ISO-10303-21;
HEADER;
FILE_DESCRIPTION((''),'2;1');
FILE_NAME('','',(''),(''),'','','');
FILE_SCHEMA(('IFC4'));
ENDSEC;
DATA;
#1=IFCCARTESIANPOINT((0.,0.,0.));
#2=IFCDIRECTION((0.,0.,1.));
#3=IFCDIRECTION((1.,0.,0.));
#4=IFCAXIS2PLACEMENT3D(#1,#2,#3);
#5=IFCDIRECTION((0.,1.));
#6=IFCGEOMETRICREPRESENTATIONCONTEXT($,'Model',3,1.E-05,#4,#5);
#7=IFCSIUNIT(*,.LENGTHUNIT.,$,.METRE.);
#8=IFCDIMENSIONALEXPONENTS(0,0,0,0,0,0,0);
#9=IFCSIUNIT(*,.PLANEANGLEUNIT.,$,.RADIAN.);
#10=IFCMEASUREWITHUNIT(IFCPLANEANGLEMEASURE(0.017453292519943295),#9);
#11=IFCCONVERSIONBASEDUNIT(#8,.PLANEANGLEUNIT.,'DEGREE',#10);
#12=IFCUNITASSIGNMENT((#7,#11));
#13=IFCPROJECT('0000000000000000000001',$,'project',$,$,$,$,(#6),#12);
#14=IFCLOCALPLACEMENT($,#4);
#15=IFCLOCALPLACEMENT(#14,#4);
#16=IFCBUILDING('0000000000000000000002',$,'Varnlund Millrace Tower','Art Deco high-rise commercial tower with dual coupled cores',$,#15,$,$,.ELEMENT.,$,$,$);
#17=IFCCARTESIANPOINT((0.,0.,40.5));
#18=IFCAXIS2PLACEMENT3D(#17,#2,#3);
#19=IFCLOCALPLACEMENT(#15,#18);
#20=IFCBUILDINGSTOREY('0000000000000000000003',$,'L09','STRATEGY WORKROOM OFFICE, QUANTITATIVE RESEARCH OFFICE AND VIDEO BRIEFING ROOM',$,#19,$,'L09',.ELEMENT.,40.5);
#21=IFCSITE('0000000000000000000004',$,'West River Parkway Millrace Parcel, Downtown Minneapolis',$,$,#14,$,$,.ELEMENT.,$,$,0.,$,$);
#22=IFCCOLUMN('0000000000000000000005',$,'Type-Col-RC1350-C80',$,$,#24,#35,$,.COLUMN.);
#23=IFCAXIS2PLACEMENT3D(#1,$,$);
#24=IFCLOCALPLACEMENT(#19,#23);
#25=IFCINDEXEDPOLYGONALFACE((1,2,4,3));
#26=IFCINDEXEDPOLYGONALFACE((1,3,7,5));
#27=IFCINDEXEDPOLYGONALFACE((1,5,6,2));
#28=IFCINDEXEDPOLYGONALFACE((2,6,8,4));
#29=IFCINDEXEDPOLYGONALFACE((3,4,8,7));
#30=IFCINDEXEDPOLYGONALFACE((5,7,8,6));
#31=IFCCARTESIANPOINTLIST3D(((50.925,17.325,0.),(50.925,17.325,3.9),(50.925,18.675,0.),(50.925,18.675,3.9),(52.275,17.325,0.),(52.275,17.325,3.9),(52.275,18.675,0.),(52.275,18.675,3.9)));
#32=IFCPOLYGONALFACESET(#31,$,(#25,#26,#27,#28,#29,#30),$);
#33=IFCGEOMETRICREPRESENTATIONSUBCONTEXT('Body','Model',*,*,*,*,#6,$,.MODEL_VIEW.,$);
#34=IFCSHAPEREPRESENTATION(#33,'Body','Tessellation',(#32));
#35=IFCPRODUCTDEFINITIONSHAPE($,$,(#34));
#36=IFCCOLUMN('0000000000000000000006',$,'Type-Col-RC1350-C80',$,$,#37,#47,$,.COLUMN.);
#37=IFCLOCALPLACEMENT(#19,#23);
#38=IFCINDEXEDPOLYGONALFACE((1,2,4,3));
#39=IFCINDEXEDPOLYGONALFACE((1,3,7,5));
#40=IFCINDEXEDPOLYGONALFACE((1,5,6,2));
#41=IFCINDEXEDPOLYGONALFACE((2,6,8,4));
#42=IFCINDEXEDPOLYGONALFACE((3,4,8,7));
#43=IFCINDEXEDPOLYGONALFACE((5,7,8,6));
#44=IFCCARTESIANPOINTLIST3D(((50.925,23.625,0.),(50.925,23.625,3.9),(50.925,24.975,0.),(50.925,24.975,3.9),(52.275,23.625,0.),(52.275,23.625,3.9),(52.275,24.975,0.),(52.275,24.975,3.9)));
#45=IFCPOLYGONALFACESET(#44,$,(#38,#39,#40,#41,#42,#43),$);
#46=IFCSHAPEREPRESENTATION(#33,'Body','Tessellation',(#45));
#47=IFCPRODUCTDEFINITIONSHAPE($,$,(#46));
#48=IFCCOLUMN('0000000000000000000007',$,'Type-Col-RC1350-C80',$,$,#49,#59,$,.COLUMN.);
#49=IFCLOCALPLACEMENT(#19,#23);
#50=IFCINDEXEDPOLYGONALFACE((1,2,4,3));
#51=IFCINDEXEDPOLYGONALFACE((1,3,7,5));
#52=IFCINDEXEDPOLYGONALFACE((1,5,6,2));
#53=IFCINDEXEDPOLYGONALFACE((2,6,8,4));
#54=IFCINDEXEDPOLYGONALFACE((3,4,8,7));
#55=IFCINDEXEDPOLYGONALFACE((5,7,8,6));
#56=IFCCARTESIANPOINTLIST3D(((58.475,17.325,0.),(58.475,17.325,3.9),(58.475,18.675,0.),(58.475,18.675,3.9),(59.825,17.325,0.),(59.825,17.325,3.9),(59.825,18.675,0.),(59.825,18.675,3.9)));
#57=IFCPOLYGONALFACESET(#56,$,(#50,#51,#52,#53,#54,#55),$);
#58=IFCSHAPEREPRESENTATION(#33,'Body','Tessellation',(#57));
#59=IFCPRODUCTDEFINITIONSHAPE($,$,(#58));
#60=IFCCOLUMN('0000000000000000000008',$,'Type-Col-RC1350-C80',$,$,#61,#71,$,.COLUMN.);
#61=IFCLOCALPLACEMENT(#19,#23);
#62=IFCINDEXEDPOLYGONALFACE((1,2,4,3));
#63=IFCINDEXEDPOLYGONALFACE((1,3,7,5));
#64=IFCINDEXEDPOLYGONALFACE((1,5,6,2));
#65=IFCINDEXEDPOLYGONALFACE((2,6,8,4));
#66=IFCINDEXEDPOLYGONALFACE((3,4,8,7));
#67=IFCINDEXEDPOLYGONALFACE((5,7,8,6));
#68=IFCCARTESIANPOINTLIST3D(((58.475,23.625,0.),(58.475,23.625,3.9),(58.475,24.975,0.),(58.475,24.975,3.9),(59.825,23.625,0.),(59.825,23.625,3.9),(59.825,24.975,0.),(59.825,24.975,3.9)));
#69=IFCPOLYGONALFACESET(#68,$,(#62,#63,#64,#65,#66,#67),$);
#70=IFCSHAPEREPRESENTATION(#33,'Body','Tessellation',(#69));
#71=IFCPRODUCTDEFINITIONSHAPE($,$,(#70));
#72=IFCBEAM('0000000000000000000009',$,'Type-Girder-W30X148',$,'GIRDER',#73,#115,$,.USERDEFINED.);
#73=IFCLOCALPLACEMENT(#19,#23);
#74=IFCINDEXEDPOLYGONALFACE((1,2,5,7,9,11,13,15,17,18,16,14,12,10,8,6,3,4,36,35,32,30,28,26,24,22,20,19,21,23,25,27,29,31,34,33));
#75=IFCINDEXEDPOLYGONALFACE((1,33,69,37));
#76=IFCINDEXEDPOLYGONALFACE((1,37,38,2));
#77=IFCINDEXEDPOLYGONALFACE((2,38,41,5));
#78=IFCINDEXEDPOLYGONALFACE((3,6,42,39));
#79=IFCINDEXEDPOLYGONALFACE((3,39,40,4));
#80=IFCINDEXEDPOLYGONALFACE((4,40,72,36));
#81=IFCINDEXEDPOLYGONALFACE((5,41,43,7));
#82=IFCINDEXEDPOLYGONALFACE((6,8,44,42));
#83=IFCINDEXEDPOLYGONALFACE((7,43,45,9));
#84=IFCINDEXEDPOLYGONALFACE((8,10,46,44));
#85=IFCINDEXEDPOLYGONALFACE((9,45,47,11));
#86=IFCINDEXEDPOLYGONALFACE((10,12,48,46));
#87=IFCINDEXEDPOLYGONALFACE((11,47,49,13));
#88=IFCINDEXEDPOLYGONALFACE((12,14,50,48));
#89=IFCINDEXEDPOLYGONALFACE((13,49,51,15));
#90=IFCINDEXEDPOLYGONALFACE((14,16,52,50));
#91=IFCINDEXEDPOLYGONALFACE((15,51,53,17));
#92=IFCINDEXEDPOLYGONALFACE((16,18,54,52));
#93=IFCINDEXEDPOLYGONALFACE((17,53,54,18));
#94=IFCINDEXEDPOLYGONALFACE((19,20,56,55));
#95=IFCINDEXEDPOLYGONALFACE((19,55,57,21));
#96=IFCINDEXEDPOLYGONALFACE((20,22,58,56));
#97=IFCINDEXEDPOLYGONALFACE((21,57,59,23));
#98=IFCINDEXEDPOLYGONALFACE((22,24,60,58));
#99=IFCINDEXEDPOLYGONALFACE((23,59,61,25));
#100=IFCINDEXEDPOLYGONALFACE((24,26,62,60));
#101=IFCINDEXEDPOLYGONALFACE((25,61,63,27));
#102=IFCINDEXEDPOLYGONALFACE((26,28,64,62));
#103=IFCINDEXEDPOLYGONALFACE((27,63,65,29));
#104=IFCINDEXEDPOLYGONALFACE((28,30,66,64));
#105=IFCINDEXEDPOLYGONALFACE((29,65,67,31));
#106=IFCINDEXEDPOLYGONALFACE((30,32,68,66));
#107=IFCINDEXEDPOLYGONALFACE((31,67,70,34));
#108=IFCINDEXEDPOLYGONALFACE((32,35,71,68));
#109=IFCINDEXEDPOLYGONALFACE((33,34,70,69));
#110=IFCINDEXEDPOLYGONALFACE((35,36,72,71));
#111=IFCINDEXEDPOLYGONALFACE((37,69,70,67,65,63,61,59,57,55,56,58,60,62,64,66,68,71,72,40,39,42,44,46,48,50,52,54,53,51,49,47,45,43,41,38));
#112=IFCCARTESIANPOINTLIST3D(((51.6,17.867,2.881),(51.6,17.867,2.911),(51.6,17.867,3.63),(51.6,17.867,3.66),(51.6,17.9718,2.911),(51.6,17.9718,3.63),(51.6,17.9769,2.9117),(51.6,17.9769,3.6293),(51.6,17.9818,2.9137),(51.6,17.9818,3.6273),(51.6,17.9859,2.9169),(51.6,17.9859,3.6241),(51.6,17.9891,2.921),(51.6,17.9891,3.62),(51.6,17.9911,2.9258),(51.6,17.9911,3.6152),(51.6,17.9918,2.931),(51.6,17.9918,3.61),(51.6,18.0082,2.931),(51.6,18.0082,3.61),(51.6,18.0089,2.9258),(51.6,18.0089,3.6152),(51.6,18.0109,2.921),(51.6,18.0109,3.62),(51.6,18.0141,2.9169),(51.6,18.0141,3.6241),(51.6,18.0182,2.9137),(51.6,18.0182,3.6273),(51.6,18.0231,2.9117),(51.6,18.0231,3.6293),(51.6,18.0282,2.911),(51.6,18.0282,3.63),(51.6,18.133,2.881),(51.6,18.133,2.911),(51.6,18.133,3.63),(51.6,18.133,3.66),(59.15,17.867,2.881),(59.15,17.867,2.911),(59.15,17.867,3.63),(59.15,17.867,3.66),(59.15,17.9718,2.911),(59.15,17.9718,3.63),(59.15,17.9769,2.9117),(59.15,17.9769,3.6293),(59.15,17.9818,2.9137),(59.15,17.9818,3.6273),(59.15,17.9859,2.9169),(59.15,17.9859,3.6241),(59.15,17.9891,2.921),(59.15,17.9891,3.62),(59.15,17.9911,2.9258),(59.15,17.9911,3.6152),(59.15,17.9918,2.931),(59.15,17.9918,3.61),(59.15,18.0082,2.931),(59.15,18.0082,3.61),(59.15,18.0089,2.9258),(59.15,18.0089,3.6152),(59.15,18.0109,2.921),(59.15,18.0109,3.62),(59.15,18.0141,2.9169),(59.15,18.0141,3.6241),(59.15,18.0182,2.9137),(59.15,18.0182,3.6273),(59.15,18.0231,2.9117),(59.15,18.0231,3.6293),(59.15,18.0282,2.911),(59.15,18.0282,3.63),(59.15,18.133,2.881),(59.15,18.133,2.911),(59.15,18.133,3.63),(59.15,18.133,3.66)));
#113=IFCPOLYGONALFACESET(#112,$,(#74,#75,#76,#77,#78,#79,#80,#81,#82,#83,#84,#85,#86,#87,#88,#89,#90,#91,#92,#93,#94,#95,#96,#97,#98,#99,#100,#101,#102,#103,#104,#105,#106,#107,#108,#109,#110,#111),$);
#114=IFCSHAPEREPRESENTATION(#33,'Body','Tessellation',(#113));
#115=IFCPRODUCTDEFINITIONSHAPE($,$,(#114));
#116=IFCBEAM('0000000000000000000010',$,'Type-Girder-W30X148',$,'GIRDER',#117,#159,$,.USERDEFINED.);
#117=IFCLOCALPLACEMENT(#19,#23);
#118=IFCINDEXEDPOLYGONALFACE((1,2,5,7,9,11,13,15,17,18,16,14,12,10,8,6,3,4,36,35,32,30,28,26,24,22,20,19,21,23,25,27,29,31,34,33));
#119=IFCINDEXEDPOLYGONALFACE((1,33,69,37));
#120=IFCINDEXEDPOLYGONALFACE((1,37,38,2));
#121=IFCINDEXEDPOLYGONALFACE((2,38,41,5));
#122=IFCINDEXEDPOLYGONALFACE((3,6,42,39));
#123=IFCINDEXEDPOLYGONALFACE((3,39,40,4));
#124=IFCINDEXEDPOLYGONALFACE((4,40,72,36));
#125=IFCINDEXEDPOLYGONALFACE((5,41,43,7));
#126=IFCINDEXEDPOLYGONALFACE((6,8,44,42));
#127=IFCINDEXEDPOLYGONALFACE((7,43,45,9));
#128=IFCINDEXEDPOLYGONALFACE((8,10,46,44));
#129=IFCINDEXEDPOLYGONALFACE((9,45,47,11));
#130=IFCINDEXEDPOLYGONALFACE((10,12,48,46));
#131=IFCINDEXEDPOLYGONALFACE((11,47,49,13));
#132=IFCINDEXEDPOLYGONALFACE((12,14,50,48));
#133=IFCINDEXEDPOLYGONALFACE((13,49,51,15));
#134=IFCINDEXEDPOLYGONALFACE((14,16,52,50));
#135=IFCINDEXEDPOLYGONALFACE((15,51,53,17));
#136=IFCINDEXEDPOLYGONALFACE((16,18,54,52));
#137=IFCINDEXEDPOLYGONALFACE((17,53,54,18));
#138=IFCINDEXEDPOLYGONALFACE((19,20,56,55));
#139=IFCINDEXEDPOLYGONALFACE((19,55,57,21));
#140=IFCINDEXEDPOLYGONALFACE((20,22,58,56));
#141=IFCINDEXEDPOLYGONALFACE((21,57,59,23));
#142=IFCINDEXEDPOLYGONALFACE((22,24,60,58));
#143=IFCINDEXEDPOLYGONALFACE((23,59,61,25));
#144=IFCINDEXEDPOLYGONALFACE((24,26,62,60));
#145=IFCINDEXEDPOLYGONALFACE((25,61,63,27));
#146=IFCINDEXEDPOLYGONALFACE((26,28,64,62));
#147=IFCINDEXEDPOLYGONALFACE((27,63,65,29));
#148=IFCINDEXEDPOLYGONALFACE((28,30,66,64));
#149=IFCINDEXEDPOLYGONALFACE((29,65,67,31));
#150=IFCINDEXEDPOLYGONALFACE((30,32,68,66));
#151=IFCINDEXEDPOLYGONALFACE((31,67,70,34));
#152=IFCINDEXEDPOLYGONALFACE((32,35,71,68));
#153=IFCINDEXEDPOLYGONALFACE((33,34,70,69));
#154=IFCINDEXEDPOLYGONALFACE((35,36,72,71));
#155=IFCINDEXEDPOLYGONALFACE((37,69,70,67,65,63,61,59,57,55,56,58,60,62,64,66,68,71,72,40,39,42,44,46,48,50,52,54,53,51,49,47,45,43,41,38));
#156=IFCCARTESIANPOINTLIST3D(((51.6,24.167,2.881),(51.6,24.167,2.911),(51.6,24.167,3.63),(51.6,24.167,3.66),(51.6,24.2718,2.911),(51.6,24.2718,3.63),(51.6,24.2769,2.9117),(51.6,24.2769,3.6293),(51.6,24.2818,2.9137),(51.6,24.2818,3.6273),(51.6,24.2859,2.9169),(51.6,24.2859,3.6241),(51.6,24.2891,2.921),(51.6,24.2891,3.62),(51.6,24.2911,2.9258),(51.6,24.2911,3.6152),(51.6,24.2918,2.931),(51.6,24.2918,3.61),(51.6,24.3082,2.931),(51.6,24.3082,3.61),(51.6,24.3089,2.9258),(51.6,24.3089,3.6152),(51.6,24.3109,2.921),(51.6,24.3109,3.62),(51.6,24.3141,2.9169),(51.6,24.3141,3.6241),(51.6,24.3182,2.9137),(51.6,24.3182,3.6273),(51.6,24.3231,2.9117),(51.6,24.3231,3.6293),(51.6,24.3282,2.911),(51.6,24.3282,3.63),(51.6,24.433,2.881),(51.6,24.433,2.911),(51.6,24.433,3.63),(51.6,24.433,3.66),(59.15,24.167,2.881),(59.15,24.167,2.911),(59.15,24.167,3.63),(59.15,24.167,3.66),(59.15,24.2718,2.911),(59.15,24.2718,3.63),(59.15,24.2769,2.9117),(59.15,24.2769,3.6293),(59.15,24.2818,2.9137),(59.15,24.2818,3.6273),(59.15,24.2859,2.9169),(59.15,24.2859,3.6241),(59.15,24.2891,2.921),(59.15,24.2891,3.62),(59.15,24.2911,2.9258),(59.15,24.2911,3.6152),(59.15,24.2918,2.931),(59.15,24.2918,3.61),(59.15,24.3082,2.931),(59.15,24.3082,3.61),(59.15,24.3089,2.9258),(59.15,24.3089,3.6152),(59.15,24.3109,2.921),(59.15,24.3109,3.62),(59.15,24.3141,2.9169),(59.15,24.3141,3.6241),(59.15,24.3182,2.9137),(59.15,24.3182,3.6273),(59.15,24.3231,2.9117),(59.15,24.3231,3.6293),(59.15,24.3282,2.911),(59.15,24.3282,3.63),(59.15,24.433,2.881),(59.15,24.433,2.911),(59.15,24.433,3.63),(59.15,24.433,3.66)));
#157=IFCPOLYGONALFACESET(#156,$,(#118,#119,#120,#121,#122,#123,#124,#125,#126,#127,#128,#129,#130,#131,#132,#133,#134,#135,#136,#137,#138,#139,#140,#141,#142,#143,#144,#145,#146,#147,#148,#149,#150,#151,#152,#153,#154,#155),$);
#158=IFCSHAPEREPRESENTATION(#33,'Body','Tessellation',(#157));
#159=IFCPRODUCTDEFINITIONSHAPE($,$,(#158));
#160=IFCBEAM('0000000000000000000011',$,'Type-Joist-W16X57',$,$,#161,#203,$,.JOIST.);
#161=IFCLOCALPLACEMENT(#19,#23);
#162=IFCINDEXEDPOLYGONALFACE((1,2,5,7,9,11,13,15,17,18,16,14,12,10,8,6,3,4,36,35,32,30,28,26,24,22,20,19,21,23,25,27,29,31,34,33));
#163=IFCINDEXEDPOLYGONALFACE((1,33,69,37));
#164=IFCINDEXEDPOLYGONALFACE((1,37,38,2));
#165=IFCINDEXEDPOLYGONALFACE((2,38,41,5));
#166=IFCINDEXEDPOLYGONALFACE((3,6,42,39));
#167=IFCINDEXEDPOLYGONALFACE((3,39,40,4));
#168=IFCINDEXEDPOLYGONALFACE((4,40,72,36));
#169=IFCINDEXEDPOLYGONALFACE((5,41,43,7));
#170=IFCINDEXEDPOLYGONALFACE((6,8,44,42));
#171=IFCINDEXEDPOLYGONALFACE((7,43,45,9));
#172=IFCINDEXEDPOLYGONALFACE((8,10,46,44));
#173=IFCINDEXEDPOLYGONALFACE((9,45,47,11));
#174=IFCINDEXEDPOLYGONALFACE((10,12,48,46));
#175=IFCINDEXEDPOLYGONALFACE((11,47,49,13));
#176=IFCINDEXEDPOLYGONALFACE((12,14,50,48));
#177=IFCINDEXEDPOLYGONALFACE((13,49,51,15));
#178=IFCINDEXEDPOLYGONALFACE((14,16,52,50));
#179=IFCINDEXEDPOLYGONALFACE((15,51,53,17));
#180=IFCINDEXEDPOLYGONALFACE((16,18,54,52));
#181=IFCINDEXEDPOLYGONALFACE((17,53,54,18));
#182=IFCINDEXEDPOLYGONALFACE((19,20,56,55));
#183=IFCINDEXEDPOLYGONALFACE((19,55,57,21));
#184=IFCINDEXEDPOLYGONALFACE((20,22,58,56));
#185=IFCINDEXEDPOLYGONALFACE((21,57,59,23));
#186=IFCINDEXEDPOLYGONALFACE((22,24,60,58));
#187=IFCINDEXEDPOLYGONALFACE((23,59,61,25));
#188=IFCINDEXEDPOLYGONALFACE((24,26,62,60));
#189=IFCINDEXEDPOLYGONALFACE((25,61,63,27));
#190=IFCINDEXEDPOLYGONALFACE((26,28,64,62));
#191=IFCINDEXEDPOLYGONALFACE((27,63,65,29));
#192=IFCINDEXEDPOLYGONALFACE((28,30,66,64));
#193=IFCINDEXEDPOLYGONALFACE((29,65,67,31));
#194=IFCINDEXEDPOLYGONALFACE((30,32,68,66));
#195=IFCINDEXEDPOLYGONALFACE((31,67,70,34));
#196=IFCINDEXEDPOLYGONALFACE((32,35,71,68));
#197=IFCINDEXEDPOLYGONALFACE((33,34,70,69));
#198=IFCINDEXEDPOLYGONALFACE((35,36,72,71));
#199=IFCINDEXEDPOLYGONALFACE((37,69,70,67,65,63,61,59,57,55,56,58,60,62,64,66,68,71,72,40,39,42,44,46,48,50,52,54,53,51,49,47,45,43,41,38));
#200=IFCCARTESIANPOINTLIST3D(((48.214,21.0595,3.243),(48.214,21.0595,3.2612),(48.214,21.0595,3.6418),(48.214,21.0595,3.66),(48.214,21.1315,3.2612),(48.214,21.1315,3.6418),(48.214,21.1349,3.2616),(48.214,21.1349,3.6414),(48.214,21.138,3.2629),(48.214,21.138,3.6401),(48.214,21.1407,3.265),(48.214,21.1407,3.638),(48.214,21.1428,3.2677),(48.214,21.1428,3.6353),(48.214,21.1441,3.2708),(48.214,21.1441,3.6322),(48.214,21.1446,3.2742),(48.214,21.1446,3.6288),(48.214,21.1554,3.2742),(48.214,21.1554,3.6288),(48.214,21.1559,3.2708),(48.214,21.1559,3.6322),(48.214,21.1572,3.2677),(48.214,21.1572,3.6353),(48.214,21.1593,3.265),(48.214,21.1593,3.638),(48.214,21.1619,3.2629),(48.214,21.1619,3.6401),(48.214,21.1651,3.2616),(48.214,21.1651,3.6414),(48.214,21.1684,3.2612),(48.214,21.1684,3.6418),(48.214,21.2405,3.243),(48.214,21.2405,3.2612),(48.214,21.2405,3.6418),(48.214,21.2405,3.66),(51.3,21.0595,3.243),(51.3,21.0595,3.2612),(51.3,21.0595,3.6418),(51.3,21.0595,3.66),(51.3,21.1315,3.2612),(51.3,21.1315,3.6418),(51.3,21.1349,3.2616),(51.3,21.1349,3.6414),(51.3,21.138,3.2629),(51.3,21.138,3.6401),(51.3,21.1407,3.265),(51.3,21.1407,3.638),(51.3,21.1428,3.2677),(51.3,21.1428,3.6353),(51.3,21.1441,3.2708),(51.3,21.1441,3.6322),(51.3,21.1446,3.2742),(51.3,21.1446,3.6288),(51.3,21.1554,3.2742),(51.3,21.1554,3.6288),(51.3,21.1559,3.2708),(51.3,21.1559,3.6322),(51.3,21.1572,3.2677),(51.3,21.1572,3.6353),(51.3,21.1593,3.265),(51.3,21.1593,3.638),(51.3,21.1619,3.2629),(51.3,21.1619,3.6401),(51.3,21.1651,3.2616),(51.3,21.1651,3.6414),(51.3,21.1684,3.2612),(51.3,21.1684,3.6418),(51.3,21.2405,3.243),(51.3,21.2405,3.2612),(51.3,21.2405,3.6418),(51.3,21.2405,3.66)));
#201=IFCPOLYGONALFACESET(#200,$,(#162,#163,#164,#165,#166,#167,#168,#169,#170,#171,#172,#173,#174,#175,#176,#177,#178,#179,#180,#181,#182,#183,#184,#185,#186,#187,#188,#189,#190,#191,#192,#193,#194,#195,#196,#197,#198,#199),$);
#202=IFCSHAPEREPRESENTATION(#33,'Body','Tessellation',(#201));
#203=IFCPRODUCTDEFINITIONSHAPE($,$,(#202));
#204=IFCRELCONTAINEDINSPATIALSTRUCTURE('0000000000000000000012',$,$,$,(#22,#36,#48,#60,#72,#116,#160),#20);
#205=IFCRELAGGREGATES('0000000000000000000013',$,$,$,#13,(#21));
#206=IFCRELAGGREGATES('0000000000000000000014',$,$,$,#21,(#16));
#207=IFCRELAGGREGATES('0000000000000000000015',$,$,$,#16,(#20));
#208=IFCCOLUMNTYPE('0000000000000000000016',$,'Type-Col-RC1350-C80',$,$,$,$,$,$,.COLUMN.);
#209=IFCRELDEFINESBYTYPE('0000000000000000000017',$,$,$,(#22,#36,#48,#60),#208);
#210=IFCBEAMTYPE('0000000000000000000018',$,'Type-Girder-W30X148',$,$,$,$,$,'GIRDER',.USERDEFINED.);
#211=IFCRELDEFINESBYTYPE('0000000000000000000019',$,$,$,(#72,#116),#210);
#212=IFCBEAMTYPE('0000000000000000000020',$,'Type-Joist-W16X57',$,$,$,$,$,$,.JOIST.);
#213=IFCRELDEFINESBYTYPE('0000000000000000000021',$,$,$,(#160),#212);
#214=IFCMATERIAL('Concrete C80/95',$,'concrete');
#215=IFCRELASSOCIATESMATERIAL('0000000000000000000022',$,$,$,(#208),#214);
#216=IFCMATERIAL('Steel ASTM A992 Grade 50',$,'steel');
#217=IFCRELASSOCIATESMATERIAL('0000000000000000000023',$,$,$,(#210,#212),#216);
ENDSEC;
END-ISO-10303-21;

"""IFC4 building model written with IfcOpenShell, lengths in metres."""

from ifc_helpers import new_model, entity, si_unit, converted_unit, direction, frame, origin_with_axes, origin_2d_with_axis, place, context, subcontext, project, spatial, rectangle, i_section, extrude, material, material_profile, profile_set, type_object, element, save


model = new_model("IFC4")

# Units and contexts
model_context = context("Model", 3, precision=1e-05, world=origin_with_axes(), true_north=direction((0.0, 1.0)))
body_context = subcontext(model_context, "Body", "Model", "MODEL_VIEW")
ifc_project = project(units=[si_unit("LENGTHUNIT", "METRE"), converted_unit("PLANEANGLEUNIT", "DEGREE", entity("IfcPlaneAngleMeasure", 0.017453292519943295), si_unit("PLANEANGLEUNIT", "RADIAN"), dimensions=[0, 0, 0, 0, 0, 0, 0])], contexts=[model_context])

# Site, building, storey
site_placement = place(None, origin_with_axes())
site = spatial("IfcSite", under=ifc_project, at=site_placement, Name="West River Parkway Millrace Parcel, Downtown Minneapolis", CompositionType="ELEMENT", RefElevation=0.0)
building_placement = place(site_placement, origin_with_axes())
building = spatial("IfcBuilding", under=site, at=building_placement, Name="Varnlund Millrace Tower", Description="Art Deco high-rise commercial tower with dual coupled cores", CompositionType="ELEMENT")
storey_placement = place(building_placement, frame((0.0, 0.0, 40.5), z_axis=(0.0, 0.0, 1.0), x_axis=(1.0, 0.0, 0.0)))
storey = spatial("IfcBuildingStorey", under=building, at=storey_placement, Name="L09", Description="STRATEGY WORKROOM OFFICE, QUANTITATIVE RESEARCH OFFICE AND VIDEO BRIEFING ROOM", LongName="L09", CompositionType="ELEMENT", Elevation=40.5)

# Columns
ifc_material_1 = material(Name="Concrete C80/95", Category="concrete")
ifc_material_profile_1 = material_profile(ifc_material_1, rectangle(XDim=1.35, YDim=1.35, at=origin_2d_with_axis()), Name="Concrete C80/95")
ifc_profile_set_1 = profile_set([ifc_material_profile_1], Name="Concrete C80/95")
column_type = type_object("IfcColumnType", Name="Type-Col-RC1350-C80", PredefinedType="COLUMN", material=ifc_profile_set_1)
for number, where, z_axis, x_axis, name in (
    (1, (51.6, 18.0, 0.0), (0.0, 0.0, 1.0), (1.0, 0.0, 0.0), "Type-Col-RC1350-C80"),
    (2, (51.6, 24.3, 0.0), (0.0, 0.0, 1.0), (1.0, 0.0, 0.0), "Type-Col-RC1350-C80"),
    (3, (59.15, 18.0, 0.0), (0.0, 0.0, 1.0), (1.0, 0.0, 0.0), "Type-Col-RC1350-C80"),
    (4, (59.15, 24.3, 0.0), (0.0, 0.0, 1.0), (1.0, 0.0, 0.0), "Type-Col-RC1350-C80"),
):
    element("IfcColumn", number, at=place(storey_placement, frame(where, z_axis=z_axis, x_axis=x_axis)), inside=storey, type_object=column_type, Name=name, PredefinedType="COLUMN", context=body_context, shape_type="SweptSolid", body=[
        extrude(rectangle(XDim=1.35, YDim=1.35, at=origin_2d_with_axis()), origin_with_axes(), (0.0, 0.0, 1.0), 3.9),
    ])

# Beams
ifc_material_2 = material(Name="Steel ASTM A992 Grade 50", Category="steel")
ifc_material_profile_2 = material_profile(ifc_material_2, i_section(OverallWidth=0.266, OverallDepth=0.779, WebThickness=0.0165, FlangeThickness=0.03, FilletRadius=0.02, at=origin_2d_with_axis()), Name="Steel ASTM A992 Grade 50")
ifc_profile_set_2 = profile_set([ifc_material_profile_2], Name="Steel ASTM A992 Grade 50")
beam_type_1 = type_object("IfcBeamType", Name="Type-Girder-W30X148", ElementType="GIRDER", PredefinedType="USERDEFINED", material=ifc_profile_set_2)
for number, where, z_axis, x_axis, name in (
    (5, (51.6, 18.0, 3.2705), (1.0, 0.0, 0.0), (0.0, 1.0, 0.0), "Type-Girder-W30X148"),
    (6, (51.6, 24.3, 3.2705), (1.0, 0.0, 0.0), (0.0, 1.0, 0.0), "Type-Girder-W30X148"),
):
    element("IfcBeam", number, at=place(storey_placement, frame(where, z_axis=z_axis, x_axis=x_axis)), inside=storey, type_object=beam_type_1, Name=name, ObjectType="GIRDER", PredefinedType="USERDEFINED", context=body_context, shape_type="SweptSolid", body=[
        extrude(i_section(OverallWidth=0.266, OverallDepth=0.779, WebThickness=0.0165, FlangeThickness=0.03, FilletRadius=0.02, at=origin_2d_with_axis()), origin_with_axes(), (0.0, 0.0, 1.0), 7.55),
    ])
ifc_material_profile_3 = material_profile(ifc_material_2, i_section(OverallWidth=0.181, OverallDepth=0.417, WebThickness=0.0109, FlangeThickness=0.0182, FilletRadius=0.013, at=origin_2d_with_axis()), Name="Steel ASTM A992 Grade 50")
ifc_profile_set_3 = profile_set([ifc_material_profile_3], Name="Steel ASTM A992 Grade 50")
beam_type_2 = type_object("IfcBeamType", Name="Type-Joist-W16X57", PredefinedType="JOIST", material=ifc_profile_set_3)
beam_placement = place(storey_placement, frame((48.214, 21.15, 3.4515), z_axis=(1.0, 0.0, 0.0), x_axis=(0.0, 1.0, 0.0)))
element("IfcBeam", 7, at=beam_placement, inside=storey, type_object=beam_type_2, Name="Type-Joist-W16X57", PredefinedType="JOIST", context=body_context, shape_type="SweptSolid", body=[
    extrude(i_section(OverallWidth=0.181, OverallDepth=0.417, WebThickness=0.0109, FlangeThickness=0.0182, FilletRadius=0.013, at=origin_2d_with_axis()), origin_with_axes(), (0.0, 0.0, 1.0), 3.086),
])

save(model, "model.ifc")
